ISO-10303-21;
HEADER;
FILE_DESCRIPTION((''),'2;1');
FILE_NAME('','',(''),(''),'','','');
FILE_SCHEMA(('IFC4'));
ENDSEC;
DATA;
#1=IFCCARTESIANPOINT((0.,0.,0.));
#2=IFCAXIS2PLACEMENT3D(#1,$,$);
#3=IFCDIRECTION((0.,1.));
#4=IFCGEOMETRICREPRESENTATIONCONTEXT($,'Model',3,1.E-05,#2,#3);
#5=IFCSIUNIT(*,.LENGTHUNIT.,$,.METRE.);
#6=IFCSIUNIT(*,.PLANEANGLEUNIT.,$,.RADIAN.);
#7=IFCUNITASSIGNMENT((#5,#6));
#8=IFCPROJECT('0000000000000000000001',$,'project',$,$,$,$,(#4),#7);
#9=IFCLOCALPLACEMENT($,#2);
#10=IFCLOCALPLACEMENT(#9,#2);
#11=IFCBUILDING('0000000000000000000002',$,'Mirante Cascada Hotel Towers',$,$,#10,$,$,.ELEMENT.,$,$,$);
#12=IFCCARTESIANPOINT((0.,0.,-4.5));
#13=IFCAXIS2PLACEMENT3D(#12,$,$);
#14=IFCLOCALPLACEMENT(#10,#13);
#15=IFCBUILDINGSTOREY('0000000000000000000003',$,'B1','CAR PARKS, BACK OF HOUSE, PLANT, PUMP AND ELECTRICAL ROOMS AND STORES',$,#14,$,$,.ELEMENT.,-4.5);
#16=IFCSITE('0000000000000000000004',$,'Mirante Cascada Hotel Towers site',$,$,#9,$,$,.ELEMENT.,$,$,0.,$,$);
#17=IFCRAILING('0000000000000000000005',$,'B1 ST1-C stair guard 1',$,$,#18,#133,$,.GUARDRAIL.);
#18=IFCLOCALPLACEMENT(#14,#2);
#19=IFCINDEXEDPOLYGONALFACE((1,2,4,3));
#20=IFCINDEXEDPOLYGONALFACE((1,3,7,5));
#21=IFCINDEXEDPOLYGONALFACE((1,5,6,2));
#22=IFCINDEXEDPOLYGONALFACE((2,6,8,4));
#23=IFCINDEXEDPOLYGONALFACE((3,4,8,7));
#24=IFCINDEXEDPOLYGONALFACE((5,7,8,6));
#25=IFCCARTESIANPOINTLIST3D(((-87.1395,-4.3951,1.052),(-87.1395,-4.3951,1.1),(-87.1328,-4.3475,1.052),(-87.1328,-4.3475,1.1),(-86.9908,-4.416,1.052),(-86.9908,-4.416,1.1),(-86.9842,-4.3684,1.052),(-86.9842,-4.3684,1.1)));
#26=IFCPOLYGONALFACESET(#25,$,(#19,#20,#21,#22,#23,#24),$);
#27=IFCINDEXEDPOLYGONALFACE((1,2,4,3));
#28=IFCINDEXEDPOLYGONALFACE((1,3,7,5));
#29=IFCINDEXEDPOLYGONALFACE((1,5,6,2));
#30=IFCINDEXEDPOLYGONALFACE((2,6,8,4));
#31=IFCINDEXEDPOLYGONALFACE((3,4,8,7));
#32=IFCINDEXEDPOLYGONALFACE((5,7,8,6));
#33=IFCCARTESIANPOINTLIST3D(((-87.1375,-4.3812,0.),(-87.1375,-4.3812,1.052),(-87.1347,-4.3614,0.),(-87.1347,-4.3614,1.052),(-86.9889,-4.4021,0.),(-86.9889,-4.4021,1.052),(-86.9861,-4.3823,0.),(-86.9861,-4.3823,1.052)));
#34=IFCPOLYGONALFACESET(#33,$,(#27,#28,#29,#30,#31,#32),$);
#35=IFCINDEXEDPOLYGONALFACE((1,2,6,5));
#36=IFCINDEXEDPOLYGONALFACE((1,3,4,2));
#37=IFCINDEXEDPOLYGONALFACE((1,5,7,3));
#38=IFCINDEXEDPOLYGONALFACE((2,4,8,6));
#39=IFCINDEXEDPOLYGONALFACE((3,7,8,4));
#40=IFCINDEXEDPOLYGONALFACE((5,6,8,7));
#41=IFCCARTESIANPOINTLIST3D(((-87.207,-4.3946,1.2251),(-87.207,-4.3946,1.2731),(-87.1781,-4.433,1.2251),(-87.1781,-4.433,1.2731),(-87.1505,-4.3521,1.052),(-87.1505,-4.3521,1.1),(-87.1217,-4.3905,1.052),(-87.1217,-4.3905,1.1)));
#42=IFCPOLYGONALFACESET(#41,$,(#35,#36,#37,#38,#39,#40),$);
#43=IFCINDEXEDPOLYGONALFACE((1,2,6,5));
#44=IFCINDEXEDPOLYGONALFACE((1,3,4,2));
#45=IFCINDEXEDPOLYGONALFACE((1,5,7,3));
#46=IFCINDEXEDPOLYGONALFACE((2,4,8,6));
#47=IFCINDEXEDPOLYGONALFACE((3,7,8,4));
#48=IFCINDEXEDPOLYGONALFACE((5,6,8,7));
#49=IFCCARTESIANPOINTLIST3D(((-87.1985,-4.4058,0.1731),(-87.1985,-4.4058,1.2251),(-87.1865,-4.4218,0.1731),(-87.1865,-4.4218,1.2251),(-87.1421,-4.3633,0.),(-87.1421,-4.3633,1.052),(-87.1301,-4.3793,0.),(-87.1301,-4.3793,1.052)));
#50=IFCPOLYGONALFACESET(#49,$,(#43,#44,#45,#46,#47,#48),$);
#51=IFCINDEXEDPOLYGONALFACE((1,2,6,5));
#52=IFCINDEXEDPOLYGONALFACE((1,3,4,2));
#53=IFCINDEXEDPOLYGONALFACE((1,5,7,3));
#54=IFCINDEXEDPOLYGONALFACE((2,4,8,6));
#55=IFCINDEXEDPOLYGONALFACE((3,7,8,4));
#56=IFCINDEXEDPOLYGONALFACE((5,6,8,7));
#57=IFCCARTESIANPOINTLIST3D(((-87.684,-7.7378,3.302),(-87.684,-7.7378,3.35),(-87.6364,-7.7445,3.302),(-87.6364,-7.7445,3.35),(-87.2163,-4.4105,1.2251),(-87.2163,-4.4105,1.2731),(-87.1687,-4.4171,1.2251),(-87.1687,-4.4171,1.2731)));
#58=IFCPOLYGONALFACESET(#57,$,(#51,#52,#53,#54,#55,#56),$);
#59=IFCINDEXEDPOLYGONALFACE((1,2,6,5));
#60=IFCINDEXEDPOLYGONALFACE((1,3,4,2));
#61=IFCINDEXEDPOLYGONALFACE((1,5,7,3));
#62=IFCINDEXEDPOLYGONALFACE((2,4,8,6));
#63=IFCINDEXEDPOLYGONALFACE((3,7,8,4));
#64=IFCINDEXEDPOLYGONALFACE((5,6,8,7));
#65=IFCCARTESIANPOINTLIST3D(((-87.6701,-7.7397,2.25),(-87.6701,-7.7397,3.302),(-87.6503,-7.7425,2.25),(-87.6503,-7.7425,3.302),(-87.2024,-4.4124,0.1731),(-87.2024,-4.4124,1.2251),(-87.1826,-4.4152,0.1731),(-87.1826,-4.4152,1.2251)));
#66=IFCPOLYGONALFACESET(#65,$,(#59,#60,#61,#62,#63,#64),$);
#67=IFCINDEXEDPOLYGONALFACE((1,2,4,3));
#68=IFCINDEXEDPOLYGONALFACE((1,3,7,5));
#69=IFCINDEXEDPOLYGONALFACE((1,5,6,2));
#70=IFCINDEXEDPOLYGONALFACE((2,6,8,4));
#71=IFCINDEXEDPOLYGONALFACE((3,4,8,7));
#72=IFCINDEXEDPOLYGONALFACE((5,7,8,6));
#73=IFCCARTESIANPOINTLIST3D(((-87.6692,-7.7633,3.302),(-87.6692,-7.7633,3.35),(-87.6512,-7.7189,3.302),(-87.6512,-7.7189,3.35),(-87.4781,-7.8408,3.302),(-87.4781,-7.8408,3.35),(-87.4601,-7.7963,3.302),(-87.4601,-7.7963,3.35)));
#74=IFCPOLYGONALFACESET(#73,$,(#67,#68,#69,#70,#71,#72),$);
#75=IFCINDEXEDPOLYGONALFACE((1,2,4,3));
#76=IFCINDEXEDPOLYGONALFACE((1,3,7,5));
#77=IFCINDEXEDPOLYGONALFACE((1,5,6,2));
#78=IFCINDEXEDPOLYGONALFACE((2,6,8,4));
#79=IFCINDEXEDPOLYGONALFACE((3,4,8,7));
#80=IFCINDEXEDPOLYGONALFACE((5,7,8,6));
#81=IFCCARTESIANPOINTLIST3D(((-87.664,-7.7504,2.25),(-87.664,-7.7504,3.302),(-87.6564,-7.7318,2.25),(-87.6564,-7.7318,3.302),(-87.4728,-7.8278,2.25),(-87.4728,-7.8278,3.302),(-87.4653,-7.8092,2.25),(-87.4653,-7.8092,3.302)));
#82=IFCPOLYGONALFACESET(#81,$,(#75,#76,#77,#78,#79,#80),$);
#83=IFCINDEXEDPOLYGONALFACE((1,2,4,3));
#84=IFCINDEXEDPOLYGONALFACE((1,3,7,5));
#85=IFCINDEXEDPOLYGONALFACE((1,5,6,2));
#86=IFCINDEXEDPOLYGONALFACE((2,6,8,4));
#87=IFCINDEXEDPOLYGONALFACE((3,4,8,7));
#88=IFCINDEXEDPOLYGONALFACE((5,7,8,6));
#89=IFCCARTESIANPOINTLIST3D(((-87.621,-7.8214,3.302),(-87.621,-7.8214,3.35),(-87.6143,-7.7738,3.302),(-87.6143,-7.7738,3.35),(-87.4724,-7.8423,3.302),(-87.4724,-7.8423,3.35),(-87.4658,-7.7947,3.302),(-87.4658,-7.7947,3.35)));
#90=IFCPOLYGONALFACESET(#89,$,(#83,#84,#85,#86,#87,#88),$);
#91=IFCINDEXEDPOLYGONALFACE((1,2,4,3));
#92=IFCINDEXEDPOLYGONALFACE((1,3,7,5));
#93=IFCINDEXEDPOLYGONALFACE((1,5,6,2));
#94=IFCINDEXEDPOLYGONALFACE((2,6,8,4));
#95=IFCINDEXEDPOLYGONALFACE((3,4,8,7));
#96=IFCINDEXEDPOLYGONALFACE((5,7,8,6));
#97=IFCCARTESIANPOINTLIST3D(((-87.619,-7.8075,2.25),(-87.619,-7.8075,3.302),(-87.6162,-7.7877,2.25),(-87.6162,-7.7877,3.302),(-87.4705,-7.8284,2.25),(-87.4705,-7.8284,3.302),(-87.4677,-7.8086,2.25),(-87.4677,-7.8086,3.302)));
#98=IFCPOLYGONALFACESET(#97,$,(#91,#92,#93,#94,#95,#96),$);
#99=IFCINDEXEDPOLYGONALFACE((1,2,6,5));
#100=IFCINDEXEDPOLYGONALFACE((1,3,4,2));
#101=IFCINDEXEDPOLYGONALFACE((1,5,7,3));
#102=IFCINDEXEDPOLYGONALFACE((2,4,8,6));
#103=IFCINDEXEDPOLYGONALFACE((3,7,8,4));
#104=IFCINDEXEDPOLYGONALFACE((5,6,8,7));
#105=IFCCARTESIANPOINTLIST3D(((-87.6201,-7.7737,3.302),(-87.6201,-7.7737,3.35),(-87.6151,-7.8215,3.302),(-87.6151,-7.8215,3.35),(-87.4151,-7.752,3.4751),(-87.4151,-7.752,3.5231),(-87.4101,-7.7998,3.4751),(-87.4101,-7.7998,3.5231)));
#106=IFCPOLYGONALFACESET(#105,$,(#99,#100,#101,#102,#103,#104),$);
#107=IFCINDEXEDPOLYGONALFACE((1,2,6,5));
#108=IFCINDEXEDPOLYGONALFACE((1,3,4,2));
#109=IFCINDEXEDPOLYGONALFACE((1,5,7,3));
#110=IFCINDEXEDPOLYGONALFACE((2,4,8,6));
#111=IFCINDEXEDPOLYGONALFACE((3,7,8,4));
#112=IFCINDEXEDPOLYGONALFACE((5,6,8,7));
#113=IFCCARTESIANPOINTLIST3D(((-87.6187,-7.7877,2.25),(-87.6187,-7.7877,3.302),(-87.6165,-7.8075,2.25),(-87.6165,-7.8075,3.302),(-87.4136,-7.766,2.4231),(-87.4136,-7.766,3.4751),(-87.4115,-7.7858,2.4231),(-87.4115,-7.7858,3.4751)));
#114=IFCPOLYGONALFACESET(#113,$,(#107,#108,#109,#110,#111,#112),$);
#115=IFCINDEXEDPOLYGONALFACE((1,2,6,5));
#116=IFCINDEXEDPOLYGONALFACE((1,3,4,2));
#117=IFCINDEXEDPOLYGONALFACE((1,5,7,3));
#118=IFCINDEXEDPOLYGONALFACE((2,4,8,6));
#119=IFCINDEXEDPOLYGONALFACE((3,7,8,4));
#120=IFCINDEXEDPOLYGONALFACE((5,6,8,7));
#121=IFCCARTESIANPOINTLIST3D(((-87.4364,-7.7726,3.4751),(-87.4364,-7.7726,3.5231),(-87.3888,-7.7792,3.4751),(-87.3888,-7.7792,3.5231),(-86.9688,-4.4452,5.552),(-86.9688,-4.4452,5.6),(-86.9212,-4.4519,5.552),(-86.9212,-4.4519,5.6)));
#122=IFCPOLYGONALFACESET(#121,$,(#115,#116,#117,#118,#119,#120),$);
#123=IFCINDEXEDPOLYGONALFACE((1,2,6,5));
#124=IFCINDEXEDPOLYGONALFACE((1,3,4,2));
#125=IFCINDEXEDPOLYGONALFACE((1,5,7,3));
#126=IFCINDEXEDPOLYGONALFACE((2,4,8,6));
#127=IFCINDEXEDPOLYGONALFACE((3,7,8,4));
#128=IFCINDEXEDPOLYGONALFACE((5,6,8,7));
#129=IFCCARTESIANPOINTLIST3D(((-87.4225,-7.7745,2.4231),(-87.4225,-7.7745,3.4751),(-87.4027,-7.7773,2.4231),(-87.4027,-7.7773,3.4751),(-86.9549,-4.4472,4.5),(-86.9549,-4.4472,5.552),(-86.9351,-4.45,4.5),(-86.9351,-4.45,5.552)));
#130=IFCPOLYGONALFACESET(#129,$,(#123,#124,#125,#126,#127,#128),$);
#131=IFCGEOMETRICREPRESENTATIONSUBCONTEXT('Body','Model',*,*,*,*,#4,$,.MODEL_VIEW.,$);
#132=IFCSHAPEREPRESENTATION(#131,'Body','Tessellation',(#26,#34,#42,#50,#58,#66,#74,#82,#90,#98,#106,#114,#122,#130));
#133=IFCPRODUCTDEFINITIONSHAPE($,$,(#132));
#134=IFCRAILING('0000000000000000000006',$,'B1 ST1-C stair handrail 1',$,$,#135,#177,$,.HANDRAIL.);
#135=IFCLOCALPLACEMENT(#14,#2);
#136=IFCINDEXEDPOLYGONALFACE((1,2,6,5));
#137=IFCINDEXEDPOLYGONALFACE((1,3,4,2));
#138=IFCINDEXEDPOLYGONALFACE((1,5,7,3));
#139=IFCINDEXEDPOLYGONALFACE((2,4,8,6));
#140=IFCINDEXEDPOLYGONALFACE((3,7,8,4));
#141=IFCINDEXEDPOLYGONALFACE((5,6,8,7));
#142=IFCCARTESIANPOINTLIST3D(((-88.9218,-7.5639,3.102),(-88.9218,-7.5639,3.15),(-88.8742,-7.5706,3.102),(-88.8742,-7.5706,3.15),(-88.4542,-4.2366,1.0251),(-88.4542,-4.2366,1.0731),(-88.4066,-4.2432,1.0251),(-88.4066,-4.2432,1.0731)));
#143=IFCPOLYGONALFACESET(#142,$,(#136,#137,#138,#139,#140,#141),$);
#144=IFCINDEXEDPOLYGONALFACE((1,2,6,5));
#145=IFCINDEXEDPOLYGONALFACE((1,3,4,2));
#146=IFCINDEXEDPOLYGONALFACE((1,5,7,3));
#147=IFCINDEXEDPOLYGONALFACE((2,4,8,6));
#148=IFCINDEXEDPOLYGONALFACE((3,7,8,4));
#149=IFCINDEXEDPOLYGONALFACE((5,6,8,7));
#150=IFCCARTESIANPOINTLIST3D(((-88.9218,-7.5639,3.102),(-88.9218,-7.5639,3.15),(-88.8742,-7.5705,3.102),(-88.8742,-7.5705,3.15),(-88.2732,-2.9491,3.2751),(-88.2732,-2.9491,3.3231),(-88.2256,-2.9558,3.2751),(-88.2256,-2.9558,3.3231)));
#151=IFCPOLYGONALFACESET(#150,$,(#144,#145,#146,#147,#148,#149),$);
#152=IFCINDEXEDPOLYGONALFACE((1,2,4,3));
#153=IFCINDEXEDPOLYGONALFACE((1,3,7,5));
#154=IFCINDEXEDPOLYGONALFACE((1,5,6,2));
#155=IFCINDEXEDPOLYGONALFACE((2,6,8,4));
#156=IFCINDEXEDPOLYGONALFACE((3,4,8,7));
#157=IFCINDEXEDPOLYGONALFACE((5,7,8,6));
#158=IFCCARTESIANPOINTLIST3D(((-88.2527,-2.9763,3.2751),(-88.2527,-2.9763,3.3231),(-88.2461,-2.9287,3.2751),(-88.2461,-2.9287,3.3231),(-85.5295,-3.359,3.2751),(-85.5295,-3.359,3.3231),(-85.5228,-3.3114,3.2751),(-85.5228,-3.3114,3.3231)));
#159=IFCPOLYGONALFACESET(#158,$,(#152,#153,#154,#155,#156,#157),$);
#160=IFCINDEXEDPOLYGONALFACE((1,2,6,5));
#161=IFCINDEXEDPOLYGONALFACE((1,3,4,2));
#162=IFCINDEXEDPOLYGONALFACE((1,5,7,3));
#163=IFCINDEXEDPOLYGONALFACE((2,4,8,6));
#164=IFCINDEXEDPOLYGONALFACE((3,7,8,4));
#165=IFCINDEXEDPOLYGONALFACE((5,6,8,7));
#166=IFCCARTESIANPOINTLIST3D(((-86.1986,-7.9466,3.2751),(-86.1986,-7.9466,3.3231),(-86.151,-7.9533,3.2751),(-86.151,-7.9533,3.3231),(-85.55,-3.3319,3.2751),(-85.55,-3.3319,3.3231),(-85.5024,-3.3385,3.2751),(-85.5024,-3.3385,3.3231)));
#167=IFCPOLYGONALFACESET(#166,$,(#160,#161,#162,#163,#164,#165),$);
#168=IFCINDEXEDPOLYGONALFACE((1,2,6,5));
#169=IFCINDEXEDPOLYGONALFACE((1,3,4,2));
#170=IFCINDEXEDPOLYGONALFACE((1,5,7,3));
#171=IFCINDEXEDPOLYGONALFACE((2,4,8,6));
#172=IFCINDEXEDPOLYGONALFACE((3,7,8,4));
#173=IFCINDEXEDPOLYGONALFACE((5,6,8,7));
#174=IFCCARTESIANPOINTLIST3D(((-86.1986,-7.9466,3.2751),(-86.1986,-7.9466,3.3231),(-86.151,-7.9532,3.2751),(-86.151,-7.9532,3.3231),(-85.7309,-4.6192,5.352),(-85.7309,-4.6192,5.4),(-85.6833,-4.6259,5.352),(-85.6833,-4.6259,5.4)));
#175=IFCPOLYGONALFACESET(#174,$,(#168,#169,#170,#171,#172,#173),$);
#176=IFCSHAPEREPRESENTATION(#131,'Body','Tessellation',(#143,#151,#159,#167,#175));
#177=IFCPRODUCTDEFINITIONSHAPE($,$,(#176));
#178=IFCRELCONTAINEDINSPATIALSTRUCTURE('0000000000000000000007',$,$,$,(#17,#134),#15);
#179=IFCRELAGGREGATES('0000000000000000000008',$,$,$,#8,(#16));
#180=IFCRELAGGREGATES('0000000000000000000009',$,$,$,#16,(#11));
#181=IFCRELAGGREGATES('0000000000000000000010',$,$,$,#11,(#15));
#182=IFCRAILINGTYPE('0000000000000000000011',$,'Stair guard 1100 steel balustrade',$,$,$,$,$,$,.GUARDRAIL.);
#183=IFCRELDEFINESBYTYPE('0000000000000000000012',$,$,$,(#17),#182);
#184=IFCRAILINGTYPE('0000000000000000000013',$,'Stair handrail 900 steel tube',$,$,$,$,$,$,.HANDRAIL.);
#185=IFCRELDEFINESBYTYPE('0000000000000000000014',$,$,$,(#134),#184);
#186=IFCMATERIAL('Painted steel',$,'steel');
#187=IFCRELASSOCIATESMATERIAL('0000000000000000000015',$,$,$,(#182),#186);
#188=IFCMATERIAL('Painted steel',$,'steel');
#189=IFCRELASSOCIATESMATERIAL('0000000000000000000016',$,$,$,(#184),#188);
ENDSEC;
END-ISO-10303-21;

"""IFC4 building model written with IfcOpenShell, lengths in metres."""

from ifc_helpers import new_model, si_unit, direction, frame, origin, origin_2d, place, context, subcontext, project, spatial, rectangle, extrude, material, type_object, element, save


model = new_model("IFC4")

# Units and contexts
model_context = context("Model", 3, precision=1e-05, world=origin(), true_north=direction((0.0, 1.0)))
body_context = subcontext(model_context, "Body", "Model", "MODEL_VIEW")
ifc_project = project(units=[si_unit("LENGTHUNIT", "METRE"), si_unit("PLANEANGLEUNIT", "RADIAN")], contexts=[model_context])

# Site, building, storey
site_placement = place(None, origin())
site = spatial("IfcSite", under=ifc_project, at=site_placement, Name="Mirante Cascada Hotel Towers site", CompositionType="ELEMENT", RefElevation=0.0)
building_placement = place(site_placement, origin())
building = spatial("IfcBuilding", under=site, at=building_placement, Name="Mirante Cascada Hotel Towers", CompositionType="ELEMENT")
storey_placement = place(building_placement, frame((0.0, 0.0, -4.5)))
storey = spatial("IfcBuildingStorey", under=building, at=storey_placement, Name="B1", Description="CAR PARKS, BACK OF HOUSE, PLANT, PUMP AND ELECTRICAL ROOMS AND STORES", CompositionType="ELEMENT", Elevation=-4.5)

# Railings
ifc_material_1 = material(Name="Painted steel", Category="steel")
railing_type_1 = type_object("IfcRailingType", Name="Stair guard 1100 steel balustrade", PredefinedType="GUARDRAIL", material=ifc_material_1)
railing_1_placement = place(storey_placement, frame((-86.9875, -4.3922, 0.0)))
element("IfcRailing", 1, at=railing_1_placement, inside=storey, type_object=railing_type_1, Name="B1 ST1-C stair guard 1", PredefinedType="GUARDRAIL", context=body_context, shape_type="SweptSolid", body=[
    extrude(rectangle(XDim=0.048, YDim=0.048, at=origin_2d()), frame((0.0, 0.0, 1.076), z_axis=(-0.990254, 0.139275, 0.0), x_axis=(-0.139275, -0.990254, 0.0)), (0.0, 0.0, 1.0), 0.1501),
    extrude(rectangle(XDim=0.02, YDim=1.052, at=origin_2d()), frame((0.0, 0.0, 0.526), z_axis=(-0.990254, 0.139275, 0.0), x_axis=(-0.139275, -0.990254, 0.0)), (0.0, 0.0, 1.0), 0.1501),
    extrude(rectangle(XDim=0.048, YDim=0.048, at=origin_2d()), frame((-0.1486, 0.0209, 1.076), z_axis=(-0.798639, -0.601811, 0.0), x_axis=(0.601811, -0.798639, 0.0)), (0.0, 0.925909, 0.377746), 0.187),
    extrude(rectangle(XDim=0.02, YDim=1.052, at=origin_2d()), frame((-0.1486, 0.0209, 0.526), z_axis=(-0.798639, -0.601811, 0.0), x_axis=(0.601811, -0.798639, 0.0)), (0.0, 0.925909, 0.377746), 0.187),
    extrude(rectangle(XDim=0.048, YDim=0.048, at=origin_2d()), frame((-0.205, -0.0216, 1.2491), z_axis=(-0.139196, -0.990265, 0.0), x_axis=(0.990265, -0.139196, 0.0)), (0.0, 0.525786, 0.850617), 3.9501),
    extrude(rectangle(XDim=0.02, YDim=1.052, at=origin_2d()), frame((-0.205, -0.0216, 0.6991), z_axis=(-0.139196, -0.990265, 0.0), x_axis=(0.990265, -0.139196, 0.0)), (0.0, 0.525786, 0.850617), 3.9501),
    extrude(rectangle(XDim=0.048, YDim=0.048, at=origin_2d()), frame((-0.6727, -3.3489, 3.326), z_axis=(0.926862, -0.375401, 0.0), x_axis=(0.375401, 0.926862, 0.0)), (0.0, 0.0, 1.0), 0.2062),
    extrude(rectangle(XDim=0.02, YDim=1.052, at=origin_2d()), frame((-0.6727, -3.3489, 2.776), z_axis=(0.926862, -0.375401, 0.0), x_axis=(0.375401, 0.926862, 0.0)), (0.0, 0.0, 1.0), 0.2062),
    extrude(rectangle(XDim=0.048, YDim=0.048, at=origin_2d()), frame((-0.4816, -3.4263, 3.326), z_axis=(-0.990241, 0.139367, 0.0), x_axis=(-0.139367, -0.990241, 0.0)), (0.0, 0.0, 1.0), 0.15),
    extrude(rectangle(XDim=0.02, YDim=1.052, at=origin_2d()), frame((-0.4816, -3.4263, 2.776), z_axis=(-0.990241, 0.139367, 0.0), x_axis=(-0.139367, -0.990241, 0.0)), (0.0, 0.0, 1.0), 0.15),
    extrude(rectangle(XDim=0.048, YDim=0.048, at=origin_2d()), frame((-0.6301, -3.4054, 3.326), z_axis=(0.994444, 0.105266, 0.0), x_axis=(-0.105266, 0.994444, 0.0)), (0.0, 0.643057, 0.765818), 0.2692),
    extrude(rectangle(XDim=0.02, YDim=1.052, at=origin_2d()), frame((-0.6301, -3.4054, 2.776), z_axis=(0.994444, 0.105266, 0.0), x_axis=(-0.105266, 0.994444, 0.0)), (0.0, 0.643057, 0.765818), 0.2692),
    extrude(rectangle(XDim=0.048, YDim=0.048, at=origin_2d()), frame((-0.4251, -3.3837, 3.4991), z_axis=(0.139167, 0.990269, 0.0), x_axis=(-0.990269, 0.139167, 0.0)), (0.0, 0.525787, 0.850616), 3.9501),
    extrude(rectangle(XDim=0.02, YDim=1.052, at=origin_2d()), frame((-0.4251, -3.3837, 2.9491), z_axis=(0.139167, 0.990269, 0.0), x_axis=(-0.990269, 0.139167, 0.0)), (0.0, 0.525787, 0.850616), 3.9501),
])
ifc_material_2 = material(Name="Painted steel", Category="steel")
railing_type_2 = type_object("IfcRailingType", Name="Stair handrail 900 steel tube", PredefinedType="HANDRAIL", material=ifc_material_2)
railing_2_placement = place(storey_placement, frame((-88.4304, -4.2399, 0.1731)))
element("IfcRailing", 2, at=railing_2_placement, inside=storey, type_object=railing_type_2, Name="B1 ST1-C stair handrail 1", PredefinedType="HANDRAIL", context=body_context, shape_type="SweptSolid", body=[
    extrude(rectangle(XDim=0.048, YDim=0.048, at=origin_2d()), frame((0.0, 0.0, 0.876), z_axis=(-0.139167, -0.990269, 0.0), x_axis=(0.990269, -0.139167, 0.0)), (0.0, 0.525787, 0.850616), 3.9501),
    extrude(rectangle(XDim=0.048, YDim=0.048, at=origin_2d()), frame((-0.4676, -3.3273, 2.9529), z_axis=(0.139183, 0.990267, 0.0), x_axis=(-0.990267, 0.139183, 0.0)), (0.0, 0.03712, 0.999311), 4.6633),
    extrude(rectangle(XDim=0.048, YDim=0.048, at=origin_2d()), frame((0.181, 1.2874, 3.126), z_axis=(0.990269, -0.139166, 0.0), x_axis=(0.139166, 0.990269, 0.0)), (0.0, 0.0, 1.0), 2.75),
    extrude(rectangle(XDim=0.048, YDim=0.048, at=origin_2d()), frame((2.9042, 0.9047, 3.126), z_axis=(-0.139183, -0.990267, 0.0), x_axis=(0.990267, -0.139183, 0.0)), (0.0, 0.0, 1.0), 4.6601),
    extrude(rectangle(XDim=0.048, YDim=0.048, at=origin_2d()), frame((2.2556, -3.71, 3.126), z_axis=(0.139196, 0.990265, 0.0), x_axis=(-0.990265, 0.139196, 0.0)), (0.0, 0.525786, 0.850617), 3.9501),
])

save(model, "model.ifc")
